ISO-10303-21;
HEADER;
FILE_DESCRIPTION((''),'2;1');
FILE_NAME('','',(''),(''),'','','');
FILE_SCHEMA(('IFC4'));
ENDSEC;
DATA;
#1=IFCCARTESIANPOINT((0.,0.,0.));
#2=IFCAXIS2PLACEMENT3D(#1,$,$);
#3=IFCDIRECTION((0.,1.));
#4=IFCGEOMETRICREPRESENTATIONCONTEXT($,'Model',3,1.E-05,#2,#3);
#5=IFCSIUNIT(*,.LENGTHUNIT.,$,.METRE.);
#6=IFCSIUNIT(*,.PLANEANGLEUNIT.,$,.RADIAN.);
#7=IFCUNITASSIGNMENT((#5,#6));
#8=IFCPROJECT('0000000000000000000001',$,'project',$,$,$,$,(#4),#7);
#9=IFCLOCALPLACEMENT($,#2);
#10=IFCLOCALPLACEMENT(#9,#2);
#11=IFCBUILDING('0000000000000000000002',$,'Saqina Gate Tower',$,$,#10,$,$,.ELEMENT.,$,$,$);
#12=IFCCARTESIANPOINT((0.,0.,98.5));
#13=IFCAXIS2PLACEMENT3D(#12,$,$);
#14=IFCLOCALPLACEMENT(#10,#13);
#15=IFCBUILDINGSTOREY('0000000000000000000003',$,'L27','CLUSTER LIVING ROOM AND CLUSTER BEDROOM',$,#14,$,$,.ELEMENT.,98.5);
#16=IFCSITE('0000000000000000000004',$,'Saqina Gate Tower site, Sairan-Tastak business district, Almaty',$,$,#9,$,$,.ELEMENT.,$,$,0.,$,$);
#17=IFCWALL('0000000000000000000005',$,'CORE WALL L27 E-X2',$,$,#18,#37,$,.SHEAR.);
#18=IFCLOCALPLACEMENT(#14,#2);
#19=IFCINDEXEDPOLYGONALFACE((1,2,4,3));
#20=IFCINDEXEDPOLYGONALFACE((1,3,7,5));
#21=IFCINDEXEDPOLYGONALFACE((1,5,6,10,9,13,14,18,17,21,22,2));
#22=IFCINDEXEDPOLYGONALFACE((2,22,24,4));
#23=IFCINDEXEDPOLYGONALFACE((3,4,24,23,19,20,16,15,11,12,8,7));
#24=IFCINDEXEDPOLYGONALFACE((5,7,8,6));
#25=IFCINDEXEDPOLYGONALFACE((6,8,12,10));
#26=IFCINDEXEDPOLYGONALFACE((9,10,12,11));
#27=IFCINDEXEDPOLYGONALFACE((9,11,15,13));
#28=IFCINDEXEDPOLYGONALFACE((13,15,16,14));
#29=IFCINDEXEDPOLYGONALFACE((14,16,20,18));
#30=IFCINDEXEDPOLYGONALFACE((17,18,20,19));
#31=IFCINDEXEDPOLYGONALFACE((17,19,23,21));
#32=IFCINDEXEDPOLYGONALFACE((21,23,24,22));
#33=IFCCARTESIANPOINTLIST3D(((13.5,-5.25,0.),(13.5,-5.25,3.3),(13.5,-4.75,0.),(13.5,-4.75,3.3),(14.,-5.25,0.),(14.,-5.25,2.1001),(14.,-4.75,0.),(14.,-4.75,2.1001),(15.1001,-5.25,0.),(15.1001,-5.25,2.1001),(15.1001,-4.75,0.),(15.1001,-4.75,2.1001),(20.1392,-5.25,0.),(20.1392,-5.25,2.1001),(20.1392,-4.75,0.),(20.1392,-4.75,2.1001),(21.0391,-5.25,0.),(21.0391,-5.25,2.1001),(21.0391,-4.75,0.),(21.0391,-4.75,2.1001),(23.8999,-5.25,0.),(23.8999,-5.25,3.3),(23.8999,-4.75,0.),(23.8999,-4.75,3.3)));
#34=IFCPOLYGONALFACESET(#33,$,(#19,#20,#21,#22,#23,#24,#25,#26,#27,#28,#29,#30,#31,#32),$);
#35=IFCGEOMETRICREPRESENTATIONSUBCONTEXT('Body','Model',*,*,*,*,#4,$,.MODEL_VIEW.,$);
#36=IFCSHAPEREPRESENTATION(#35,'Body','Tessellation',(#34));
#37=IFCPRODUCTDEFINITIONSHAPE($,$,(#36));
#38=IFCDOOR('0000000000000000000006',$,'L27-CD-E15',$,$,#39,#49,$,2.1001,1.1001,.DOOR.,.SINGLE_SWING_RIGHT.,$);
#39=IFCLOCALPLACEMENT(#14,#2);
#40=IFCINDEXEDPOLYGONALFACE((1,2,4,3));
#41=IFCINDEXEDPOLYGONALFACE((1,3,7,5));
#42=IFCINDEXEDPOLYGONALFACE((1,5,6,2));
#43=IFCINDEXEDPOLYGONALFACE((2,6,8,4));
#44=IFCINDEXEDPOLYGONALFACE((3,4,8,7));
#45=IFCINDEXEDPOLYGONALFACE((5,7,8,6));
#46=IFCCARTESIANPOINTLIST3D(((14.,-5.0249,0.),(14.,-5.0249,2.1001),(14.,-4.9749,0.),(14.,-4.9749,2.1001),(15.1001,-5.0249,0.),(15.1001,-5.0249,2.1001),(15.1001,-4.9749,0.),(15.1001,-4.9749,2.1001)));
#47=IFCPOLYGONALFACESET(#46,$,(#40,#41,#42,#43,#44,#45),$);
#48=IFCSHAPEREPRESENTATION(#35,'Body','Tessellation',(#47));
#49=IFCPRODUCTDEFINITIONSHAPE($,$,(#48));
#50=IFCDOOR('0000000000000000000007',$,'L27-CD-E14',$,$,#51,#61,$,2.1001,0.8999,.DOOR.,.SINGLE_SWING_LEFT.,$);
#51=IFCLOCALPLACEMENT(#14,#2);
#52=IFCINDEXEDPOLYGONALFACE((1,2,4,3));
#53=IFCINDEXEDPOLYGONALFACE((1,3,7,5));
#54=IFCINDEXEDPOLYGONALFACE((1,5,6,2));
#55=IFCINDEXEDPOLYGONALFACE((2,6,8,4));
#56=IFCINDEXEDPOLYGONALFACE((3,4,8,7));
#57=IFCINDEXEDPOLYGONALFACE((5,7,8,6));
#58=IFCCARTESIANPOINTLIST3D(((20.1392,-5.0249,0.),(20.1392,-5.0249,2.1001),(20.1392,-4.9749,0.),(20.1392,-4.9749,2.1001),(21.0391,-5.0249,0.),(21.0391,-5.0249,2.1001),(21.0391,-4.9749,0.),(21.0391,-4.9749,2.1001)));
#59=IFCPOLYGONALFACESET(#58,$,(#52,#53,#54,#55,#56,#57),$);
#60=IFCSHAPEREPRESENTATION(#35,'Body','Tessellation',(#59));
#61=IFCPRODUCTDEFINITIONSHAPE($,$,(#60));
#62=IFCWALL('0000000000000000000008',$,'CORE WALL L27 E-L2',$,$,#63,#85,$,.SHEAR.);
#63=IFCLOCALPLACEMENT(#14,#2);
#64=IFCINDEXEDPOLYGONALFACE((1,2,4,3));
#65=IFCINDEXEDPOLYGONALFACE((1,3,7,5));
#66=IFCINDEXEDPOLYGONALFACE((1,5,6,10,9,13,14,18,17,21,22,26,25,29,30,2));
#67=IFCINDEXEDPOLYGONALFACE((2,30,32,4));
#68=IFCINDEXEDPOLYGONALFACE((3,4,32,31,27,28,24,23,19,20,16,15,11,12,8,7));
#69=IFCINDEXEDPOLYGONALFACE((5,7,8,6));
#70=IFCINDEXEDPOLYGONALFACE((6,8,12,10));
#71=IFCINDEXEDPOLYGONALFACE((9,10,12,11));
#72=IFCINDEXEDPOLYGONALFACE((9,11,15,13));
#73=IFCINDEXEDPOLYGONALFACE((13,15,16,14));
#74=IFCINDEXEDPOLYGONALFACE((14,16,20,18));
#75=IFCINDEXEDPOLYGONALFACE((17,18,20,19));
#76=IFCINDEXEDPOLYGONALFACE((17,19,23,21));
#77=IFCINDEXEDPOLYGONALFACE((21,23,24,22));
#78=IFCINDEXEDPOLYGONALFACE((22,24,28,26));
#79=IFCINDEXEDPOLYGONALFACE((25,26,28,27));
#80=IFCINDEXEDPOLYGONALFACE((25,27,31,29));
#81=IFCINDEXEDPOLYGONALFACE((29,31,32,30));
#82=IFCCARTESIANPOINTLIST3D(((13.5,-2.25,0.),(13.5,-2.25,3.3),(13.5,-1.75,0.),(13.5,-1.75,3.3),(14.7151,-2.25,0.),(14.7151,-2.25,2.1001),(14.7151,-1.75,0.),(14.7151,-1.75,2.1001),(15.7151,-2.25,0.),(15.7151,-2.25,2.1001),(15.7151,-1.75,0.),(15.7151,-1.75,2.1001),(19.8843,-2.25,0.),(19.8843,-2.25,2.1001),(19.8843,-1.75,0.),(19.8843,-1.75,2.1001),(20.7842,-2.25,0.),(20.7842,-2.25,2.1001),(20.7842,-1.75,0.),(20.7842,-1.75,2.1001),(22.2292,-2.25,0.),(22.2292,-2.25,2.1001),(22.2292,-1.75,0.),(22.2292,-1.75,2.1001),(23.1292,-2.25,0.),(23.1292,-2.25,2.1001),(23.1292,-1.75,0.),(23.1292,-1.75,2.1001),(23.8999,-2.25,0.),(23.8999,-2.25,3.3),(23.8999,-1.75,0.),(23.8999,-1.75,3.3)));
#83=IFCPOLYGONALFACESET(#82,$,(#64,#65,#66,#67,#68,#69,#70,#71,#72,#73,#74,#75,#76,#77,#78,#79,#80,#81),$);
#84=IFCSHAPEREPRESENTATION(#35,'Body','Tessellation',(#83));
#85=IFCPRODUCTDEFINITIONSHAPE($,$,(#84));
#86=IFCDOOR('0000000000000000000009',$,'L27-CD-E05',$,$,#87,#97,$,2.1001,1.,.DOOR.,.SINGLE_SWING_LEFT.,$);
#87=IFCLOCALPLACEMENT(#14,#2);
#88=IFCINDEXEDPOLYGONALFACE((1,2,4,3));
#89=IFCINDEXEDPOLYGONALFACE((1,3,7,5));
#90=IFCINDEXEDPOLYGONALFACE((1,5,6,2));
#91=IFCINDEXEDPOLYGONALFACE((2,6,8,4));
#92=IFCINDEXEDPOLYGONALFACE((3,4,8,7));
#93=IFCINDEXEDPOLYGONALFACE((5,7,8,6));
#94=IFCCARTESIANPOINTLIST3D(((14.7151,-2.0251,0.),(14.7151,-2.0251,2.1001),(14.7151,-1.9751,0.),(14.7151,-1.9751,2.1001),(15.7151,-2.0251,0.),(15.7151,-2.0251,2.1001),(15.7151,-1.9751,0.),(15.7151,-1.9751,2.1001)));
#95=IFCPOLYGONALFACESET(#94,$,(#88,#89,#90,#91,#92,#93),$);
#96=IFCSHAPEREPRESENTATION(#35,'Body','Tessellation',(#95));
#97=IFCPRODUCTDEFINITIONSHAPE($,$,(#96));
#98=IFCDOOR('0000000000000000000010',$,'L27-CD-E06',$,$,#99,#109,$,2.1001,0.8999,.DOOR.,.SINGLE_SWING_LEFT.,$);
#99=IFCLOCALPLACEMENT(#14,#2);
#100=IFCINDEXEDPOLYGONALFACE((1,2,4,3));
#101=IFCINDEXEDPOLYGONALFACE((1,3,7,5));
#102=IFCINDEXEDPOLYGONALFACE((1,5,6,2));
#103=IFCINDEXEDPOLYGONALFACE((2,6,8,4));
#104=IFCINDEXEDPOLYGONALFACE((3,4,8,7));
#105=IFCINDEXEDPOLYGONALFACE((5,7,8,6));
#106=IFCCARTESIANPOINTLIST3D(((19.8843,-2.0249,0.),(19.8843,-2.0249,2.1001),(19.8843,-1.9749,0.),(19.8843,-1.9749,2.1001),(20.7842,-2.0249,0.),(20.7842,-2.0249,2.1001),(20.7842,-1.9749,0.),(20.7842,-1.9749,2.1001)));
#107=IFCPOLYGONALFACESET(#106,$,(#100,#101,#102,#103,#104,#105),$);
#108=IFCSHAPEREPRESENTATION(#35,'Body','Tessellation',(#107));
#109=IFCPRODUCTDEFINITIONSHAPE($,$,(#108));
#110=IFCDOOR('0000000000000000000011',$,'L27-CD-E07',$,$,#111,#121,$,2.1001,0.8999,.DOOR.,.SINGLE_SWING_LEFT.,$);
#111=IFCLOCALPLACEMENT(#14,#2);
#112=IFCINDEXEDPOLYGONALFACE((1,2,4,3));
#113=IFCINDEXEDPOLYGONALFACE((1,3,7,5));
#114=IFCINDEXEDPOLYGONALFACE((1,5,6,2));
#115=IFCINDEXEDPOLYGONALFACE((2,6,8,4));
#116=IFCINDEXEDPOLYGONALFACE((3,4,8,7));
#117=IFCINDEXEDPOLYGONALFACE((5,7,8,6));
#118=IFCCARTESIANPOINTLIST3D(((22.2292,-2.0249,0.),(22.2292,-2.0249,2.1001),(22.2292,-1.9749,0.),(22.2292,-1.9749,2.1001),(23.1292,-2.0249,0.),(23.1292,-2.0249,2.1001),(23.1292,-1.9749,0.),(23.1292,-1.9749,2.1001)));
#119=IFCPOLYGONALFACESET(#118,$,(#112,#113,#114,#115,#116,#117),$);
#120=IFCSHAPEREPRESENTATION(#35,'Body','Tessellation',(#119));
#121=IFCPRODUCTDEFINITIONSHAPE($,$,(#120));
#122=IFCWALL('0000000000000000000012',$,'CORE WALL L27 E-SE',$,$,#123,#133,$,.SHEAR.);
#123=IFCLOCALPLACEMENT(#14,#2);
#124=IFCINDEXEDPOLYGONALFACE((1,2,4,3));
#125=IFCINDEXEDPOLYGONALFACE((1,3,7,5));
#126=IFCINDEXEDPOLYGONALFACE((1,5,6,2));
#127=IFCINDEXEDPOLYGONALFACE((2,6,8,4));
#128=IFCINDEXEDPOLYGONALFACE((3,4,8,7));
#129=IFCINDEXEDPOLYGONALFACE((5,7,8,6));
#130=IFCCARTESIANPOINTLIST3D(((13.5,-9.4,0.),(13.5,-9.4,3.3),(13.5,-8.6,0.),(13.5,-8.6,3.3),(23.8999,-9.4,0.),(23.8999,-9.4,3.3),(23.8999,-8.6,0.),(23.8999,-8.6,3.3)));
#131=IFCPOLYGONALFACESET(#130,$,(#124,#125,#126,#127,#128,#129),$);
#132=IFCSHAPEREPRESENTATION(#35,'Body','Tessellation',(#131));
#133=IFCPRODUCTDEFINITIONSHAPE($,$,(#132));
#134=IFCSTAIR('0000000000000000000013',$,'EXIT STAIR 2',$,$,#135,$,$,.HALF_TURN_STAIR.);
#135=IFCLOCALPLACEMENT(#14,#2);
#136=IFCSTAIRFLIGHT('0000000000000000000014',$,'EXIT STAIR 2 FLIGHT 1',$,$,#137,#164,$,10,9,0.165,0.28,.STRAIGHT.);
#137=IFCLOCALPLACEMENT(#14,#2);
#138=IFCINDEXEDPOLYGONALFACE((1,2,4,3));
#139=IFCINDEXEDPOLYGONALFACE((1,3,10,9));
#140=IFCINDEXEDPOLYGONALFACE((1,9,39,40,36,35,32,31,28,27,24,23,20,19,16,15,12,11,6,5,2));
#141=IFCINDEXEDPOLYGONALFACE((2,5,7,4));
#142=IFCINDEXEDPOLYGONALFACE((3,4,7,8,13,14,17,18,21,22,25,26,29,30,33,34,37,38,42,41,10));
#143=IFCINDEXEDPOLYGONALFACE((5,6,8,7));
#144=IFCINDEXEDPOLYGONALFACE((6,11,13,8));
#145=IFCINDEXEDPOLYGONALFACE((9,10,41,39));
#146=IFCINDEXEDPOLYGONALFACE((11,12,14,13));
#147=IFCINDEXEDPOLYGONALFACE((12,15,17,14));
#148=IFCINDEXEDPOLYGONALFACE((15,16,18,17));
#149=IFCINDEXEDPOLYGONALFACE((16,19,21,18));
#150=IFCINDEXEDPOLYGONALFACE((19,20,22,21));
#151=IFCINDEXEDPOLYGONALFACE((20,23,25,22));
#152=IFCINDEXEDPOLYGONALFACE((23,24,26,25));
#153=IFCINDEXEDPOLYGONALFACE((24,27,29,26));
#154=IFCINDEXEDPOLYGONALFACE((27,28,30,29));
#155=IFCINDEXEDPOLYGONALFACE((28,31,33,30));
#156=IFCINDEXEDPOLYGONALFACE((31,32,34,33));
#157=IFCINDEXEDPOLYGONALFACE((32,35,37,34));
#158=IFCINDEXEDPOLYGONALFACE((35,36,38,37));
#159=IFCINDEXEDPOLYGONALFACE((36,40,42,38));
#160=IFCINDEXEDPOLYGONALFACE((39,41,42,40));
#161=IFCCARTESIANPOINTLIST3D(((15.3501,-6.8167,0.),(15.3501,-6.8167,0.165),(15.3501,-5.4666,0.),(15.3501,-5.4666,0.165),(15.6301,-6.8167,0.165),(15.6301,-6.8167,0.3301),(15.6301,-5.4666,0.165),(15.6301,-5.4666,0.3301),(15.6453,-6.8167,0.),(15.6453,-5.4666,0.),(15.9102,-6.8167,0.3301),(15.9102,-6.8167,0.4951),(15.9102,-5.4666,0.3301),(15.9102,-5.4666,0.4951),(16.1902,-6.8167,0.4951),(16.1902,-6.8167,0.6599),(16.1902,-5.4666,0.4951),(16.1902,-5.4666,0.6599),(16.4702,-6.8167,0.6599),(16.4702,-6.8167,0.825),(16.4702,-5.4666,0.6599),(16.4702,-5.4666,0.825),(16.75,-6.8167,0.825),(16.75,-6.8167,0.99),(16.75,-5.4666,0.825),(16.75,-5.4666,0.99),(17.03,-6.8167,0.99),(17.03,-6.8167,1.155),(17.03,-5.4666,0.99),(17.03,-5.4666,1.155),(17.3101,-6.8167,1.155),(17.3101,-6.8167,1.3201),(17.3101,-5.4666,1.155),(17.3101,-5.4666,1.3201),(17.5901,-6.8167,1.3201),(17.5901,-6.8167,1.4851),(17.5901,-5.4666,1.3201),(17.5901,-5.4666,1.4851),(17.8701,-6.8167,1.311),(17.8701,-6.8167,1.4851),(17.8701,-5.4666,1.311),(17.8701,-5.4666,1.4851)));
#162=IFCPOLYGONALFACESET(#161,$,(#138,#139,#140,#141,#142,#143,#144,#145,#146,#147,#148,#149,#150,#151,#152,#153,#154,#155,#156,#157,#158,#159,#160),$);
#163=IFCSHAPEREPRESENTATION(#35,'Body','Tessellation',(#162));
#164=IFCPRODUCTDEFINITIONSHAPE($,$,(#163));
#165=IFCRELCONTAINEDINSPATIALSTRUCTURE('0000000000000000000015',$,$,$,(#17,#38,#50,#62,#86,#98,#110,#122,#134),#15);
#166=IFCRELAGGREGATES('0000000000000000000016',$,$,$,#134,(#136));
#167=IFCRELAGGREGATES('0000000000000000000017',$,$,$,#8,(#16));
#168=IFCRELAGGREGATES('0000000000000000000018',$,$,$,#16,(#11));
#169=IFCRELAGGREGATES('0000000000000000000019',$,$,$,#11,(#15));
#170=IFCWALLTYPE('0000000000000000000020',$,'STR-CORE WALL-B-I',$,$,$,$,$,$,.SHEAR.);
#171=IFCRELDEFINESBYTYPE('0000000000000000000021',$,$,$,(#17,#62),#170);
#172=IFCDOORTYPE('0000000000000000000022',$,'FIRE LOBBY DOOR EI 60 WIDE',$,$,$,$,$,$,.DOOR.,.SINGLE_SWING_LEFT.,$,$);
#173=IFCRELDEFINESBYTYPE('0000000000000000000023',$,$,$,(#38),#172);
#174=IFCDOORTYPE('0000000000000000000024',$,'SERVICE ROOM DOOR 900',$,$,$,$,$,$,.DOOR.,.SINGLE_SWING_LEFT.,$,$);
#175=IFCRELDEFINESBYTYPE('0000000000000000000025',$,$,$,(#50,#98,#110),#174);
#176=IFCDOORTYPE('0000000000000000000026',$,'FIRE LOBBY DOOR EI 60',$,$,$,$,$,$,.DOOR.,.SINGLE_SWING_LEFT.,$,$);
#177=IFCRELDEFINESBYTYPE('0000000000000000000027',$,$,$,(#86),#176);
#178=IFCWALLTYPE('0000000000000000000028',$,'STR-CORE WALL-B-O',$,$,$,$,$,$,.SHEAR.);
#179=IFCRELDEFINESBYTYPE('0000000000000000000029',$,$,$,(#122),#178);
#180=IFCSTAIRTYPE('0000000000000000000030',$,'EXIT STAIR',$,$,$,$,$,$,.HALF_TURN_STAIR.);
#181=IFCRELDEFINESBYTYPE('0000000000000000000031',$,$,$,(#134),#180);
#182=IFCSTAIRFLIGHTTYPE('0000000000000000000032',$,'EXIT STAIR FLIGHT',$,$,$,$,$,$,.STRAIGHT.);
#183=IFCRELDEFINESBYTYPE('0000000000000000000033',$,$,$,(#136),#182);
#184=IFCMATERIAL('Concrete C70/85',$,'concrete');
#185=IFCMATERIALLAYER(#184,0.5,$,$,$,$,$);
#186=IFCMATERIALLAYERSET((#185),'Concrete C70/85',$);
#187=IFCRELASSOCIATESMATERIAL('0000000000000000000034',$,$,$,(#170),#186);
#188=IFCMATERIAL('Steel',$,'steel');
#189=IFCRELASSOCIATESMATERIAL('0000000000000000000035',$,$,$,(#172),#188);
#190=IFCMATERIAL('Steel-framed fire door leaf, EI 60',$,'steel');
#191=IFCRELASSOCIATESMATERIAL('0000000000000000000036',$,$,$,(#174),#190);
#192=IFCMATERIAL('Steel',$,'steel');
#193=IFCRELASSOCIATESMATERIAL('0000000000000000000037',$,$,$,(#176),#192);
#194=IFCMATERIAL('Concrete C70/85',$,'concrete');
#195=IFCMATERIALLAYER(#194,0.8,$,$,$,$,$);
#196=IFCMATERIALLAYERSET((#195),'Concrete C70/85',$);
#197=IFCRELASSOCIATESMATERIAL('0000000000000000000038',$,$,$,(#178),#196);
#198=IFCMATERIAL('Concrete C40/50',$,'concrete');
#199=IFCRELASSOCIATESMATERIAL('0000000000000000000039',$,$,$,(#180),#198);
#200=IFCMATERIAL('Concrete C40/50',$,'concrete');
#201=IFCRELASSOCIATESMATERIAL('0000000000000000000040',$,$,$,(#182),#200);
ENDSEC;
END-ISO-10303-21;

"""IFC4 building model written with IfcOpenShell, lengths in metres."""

from ifc_helpers import new_model, si_unit, direction, frame, frame_2d, origin, place, context, subcontext, project, spatial, polyline, rectangle, outline, extrude, material, layer, layer_set, type_object, element, fill, aggregate, save


model = new_model("IFC4")

# Units and contexts
model_context = context("Model", 3, precision=1e-05, world=origin(), true_north=direction((0.0, 1.0)))
body_context = subcontext(model_context, "Body", "Model", "MODEL_VIEW")
ifc_project = project(units=[si_unit("LENGTHUNIT", "METRE"), si_unit("PLANEANGLEUNIT", "RADIAN")], contexts=[model_context])

# Site, building, storey
site_placement = place(None, origin())
site = spatial("IfcSite", under=ifc_project, at=site_placement, Name="Saqina Gate Tower site, Sairan-Tastak business district, Almaty", CompositionType="ELEMENT", RefElevation=0.0)
building_placement = place(site_placement, origin())
building = spatial("IfcBuilding", under=site, at=building_placement, Name="Saqina Gate Tower", CompositionType="ELEMENT")
storey_placement = place(building_placement, frame((0.0, 0.0, 98.5)))
storey = spatial("IfcBuildingStorey", under=building, at=storey_placement, Name="L27", Description="CLUSTER LIVING ROOM AND CLUSTER BEDROOM", CompositionType="ELEMENT", Elevation=98.5)

# Walls, openings, doors
ifc_material_1 = material(Name="Concrete C70/85", Category="concrete")
ifc_layer_1 = layer(ifc_material_1, 0.5)
ifc_layer_set_1 = layer_set([ifc_layer_1], Name="Concrete C70/85")
wall_type_1 = type_object("IfcWallType", Name="STR-CORE WALL-B-I", PredefinedType="SHEAR", material=ifc_layer_set_1)
wall_1_placement = place(storey_placement, frame((13.5, -5.0, 0.0), z_axis=(0.0, 0.0, 1.0), x_axis=(1.0, 0.0, 0.0)))
wall_1 = element("IfcWall", 1, at=wall_1_placement, inside=storey, type_object=wall_type_1, Name="CORE WALL L27 E-X2", PredefinedType="SHEAR", context=body_context, shape_type="SweptSolid", body=[
    extrude(rectangle(XDim=10.3999, YDim=0.5, at=frame_2d((5.2, 0.0))), origin(), (0.0, 0.0, 1.0), 3.3),
])
opening_1_placement = place(wall_1_placement, frame((6.6392, 0.0, 0.0)))
opening_1 = element("IfcOpeningElement", 2, at=opening_1_placement, cuts=wall_1, PredefinedType="OPENING", context=body_context, shape_type="SweptSolid", body=[
    extrude(rectangle(XDim=0.8999, YDim=2.1001, at=frame_2d((0.45, 1.05))), frame((0.0, 0.262, 0.0), z_axis=(0.0, -1.0, 0.0), x_axis=(1.0, 0.0, 0.0)), (0.0, 0.0, 1.0), 0.5239),
])
opening_2_placement = place(wall_1_placement, frame((0.5, 0.0, 0.0)))
opening_2 = element("IfcOpeningElement", 3, at=opening_2_placement, cuts=wall_1, PredefinedType="OPENING", context=body_context, shape_type="SweptSolid", body=[
    extrude(rectangle(XDim=1.1001, YDim=2.1001, at=frame_2d((0.55, 1.05))), frame((0.0, 0.262, 0.0), z_axis=(0.0, -1.0, 0.0), x_axis=(1.0, 0.0, 0.0)), (0.0, 0.0, 1.0), 0.5239),
])
ifc_material_2 = material(Name="Steel", Category="steel")
door_type_1 = type_object("IfcDoorType", Name="FIRE LOBBY DOOR EI 60 WIDE", OperationType="SINGLE_SWING_LEFT", PredefinedType="DOOR", material=ifc_material_2)
door_1_placement = place(opening_2_placement, frame((1.1001, 0.0, 0.0), z_axis=(0.0, 0.0, 1.0), x_axis=(-1.0, 0.0, 0.0)))
door_1 = element("IfcDoor", 4, at=door_1_placement, inside=storey, type_object=door_type_1, Name="L27-CD-E15", OperationType="SINGLE_SWING_RIGHT", OverallHeight=2.1001, OverallWidth=1.1001, PredefinedType="DOOR", context=body_context, shape_type="SweptSolid", body=[
    extrude(rectangle(XDim=1.1001, YDim=2.1001, at=frame_2d((0.55, 1.05))), frame((0.0, 0.0249, 0.0), z_axis=(0.0, -1.0, 0.0), x_axis=(1.0, 0.0, 0.0)), (0.0, 0.0, 1.0), 0.05),
])
fill(opening_2, door_1)
ifc_material_3 = material(Name="Steel-framed fire door leaf, EI 60", Category="steel")
door_type_2 = type_object("IfcDoorType", Name="SERVICE ROOM DOOR 900", OperationType="SINGLE_SWING_LEFT", PredefinedType="DOOR", material=ifc_material_3)
door_2_placement = place(opening_1_placement, frame((0.8999, 0.0, 0.0), z_axis=(0.0, 0.0, 1.0), x_axis=(-1.0, 0.0, 0.0)))
door_2 = element("IfcDoor", 5, at=door_2_placement, inside=storey, type_object=door_type_2, Name="L27-CD-E14", OperationType="SINGLE_SWING_LEFT", OverallHeight=2.1001, OverallWidth=0.8999, PredefinedType="DOOR", context=body_context, shape_type="SweptSolid", body=[
    extrude(rectangle(XDim=0.8999, YDim=2.1001, at=frame_2d((0.45, 1.05))), frame((0.0, 0.0249, 0.0), z_axis=(0.0, -1.0, 0.0), x_axis=(1.0, 0.0, 0.0)), (0.0, 0.0, 1.0), 0.05),
])
fill(opening_1, door_2)
wall_2_placement = place(storey_placement, frame((13.5, -2.0, 0.0), z_axis=(0.0, 0.0, 1.0), x_axis=(1.0, 0.0, 0.0)))
wall_2 = element("IfcWall", 6, at=wall_2_placement, inside=storey, type_object=wall_type_1, Name="CORE WALL L27 E-L2", PredefinedType="SHEAR", context=body_context, shape_type="SweptSolid", body=[
    extrude(rectangle(XDim=10.3999, YDim=0.5, at=frame_2d((5.2, 0.0))), origin(), (0.0, 0.0, 1.0), 3.3),
])
opening_3_placement = place(wall_2_placement, frame((1.2151, 0.0, 0.0)))
opening_3 = element("IfcOpeningElement", 7, at=opening_3_placement, cuts=wall_2, PredefinedType="OPENING", context=body_context, shape_type="SweptSolid", body=[
    extrude(rectangle(XDim=1.0, YDim=2.1001, at=frame_2d((0.5, 1.05))), frame((0.0, 0.262, 0.0), z_axis=(0.0, -1.0, 0.0), x_axis=(1.0, 0.0, 0.0)), (0.0, 0.0, 1.0), 0.5239),
])
opening_4_placement = place(wall_2_placement, frame((6.3843, 0.0, 0.0)))
opening_4 = element("IfcOpeningElement", 8, at=opening_4_placement, cuts=wall_2, PredefinedType="OPENING", context=body_context, shape_type="SweptSolid", body=[
    extrude(rectangle(XDim=0.8999, YDim=2.1001, at=frame_2d((0.45, 1.05))), frame((0.0, 0.262, 0.0), z_axis=(0.0, -1.0, 0.0), x_axis=(1.0, 0.0, 0.0)), (0.0, 0.0, 1.0), 0.5239),
])
opening_5_placement = place(wall_2_placement, frame((8.7292, 0.0, 0.0)))
opening_5 = element("IfcOpeningElement", 9, at=opening_5_placement, cuts=wall_2, PredefinedType="OPENING", context=body_context, shape_type="SweptSolid", body=[
    extrude(rectangle(XDim=0.8999, YDim=2.1001, at=frame_2d((0.45, 1.05))), frame((0.0, 0.262, 0.0), z_axis=(0.0, -1.0, 0.0), x_axis=(1.0, 0.0, 0.0)), (0.0, 0.0, 1.0), 0.5239),
])
ifc_material_4 = material(Name="Steel", Category="steel")
door_type_3 = type_object("IfcDoorType", Name="FIRE LOBBY DOOR EI 60", OperationType="SINGLE_SWING_LEFT", PredefinedType="DOOR", material=ifc_material_4)
door_3_placement = place(opening_3_placement, origin())
door_3 = element("IfcDoor", 10, at=door_3_placement, inside=storey, type_object=door_type_3, Name="L27-CD-E05", OperationType="SINGLE_SWING_LEFT", OverallHeight=2.1001, OverallWidth=1.0, PredefinedType="DOOR", context=body_context, shape_type="SweptSolid", body=[
    extrude(rectangle(XDim=1.0, YDim=2.1001, at=frame_2d((0.5, 1.05))), frame((0.0, 0.0249, 0.0), z_axis=(0.0, -1.0, 0.0), x_axis=(1.0, 0.0, 0.0)), (0.0, 0.0, 1.0), 0.05),
])
fill(opening_3, door_3)
door_4_placement = place(opening_4_placement, frame((0.8999, 0.0, 0.0), z_axis=(0.0, 0.0, 1.0), x_axis=(-1.0, 0.0, 0.0)))
door_4 = element("IfcDoor", 11, at=door_4_placement, inside=storey, type_object=door_type_2, Name="L27-CD-E06", OperationType="SINGLE_SWING_LEFT", OverallHeight=2.1001, OverallWidth=0.8999, PredefinedType="DOOR", context=body_context, shape_type="SweptSolid", body=[
    extrude(rectangle(XDim=0.8999, YDim=2.1001, at=frame_2d((0.45, 1.05))), frame((0.0, 0.0249, 0.0), z_axis=(0.0, -1.0, 0.0), x_axis=(1.0, 0.0, 0.0)), (0.0, 0.0, 1.0), 0.05),
])
fill(opening_4, door_4)
door_5_placement = place(opening_5_placement, frame((0.8999, 0.0, 0.0), z_axis=(0.0, 0.0, 1.0), x_axis=(-1.0, 0.0, 0.0)))
door_5 = element("IfcDoor", 12, at=door_5_placement, inside=storey, type_object=door_type_2, Name="L27-CD-E07", OperationType="SINGLE_SWING_LEFT", OverallHeight=2.1001, OverallWidth=0.8999, PredefinedType="DOOR", context=body_context, shape_type="SweptSolid", body=[
    extrude(rectangle(XDim=0.8999, YDim=2.1001, at=frame_2d((0.45, 1.05))), frame((0.0, 0.0249, 0.0), z_axis=(0.0, -1.0, 0.0), x_axis=(1.0, 0.0, 0.0)), (0.0, 0.0, 1.0), 0.05),
])
fill(opening_5, door_5)
ifc_material_5 = material(Name="Concrete C70/85", Category="concrete")
ifc_layer_2 = layer(ifc_material_5, 0.8)
ifc_layer_set_2 = layer_set([ifc_layer_2], Name="Concrete C70/85")
wall_type_2 = type_object("IfcWallType", Name="STR-CORE WALL-B-O", PredefinedType="SHEAR", material=ifc_layer_set_2)

# Wall
wall_3_placement = place(storey_placement, frame((13.5, -9.0, 0.0), z_axis=(0.0, 0.0, 1.0), x_axis=(1.0, 0.0, 0.0)))
element("IfcWall", 13, at=wall_3_placement, inside=storey, type_object=wall_type_2, Name="CORE WALL L27 E-SE", PredefinedType="SHEAR", context=body_context, shape_type="SweptSolid", body=[
    extrude(rectangle(XDim=10.3999, YDim=0.8, at=frame_2d((5.2, 0.0))), origin(), (0.0, 0.0, 1.0), 3.3),
])

# Stair, stair flight
ifc_material_6 = material(Name="Concrete C40/50", Category="concrete")
stair_type = type_object("IfcStairType", Name="EXIT STAIR", PredefinedType="HALF_TURN_STAIR", material=ifc_material_6)
stair_placement = place(storey_placement, origin())
stair = element("IfcStair", 14, at=stair_placement, inside=storey, type_object=stair_type, Name="EXIT STAIR 2", PredefinedType="HALF_TURN_STAIR")
ifc_material_7 = material(Name="Concrete C40/50", Category="concrete")
stair_flight_type = type_object("IfcStairFlightType", Name="EXIT STAIR FLIGHT", PredefinedType="STRAIGHT", material=ifc_material_7)
stair_flight_1_placement = place(storey_placement, frame((15.3501, -6.1416, 0.0), z_axis=(0.0, 0.0, 1.0), x_axis=(1.0, 0.0, 0.0)))
stair_flight_1 = element("IfcStairFlight", 15, at=stair_flight_1_placement, type_object=stair_flight_type, Name="EXIT STAIR 2 FLIGHT 1", NumberOfRisers=10, NumberOfTreads=9, PredefinedType="STRAIGHT", RiserHeight=0.165, TreadLength=0.28, context=body_context, shape_type="SweptSolid", body=[
    extrude(outline(polyline([(0.0, 0.0), (0.0, 0.165), (0.28, 0.165), (0.28, 0.3301), (0.5601, 0.3301), (0.5601, 0.4951), (0.8401, 0.4951), (0.8401, 0.6599), (1.1201, 0.6599), (1.1201, 0.825), (1.3999, 0.825), (1.3999, 0.99), (1.6799, 0.99), (1.6799, 1.155), (1.96, 1.155), (1.96, 1.3201), (2.24, 1.3201), (2.24, 1.4851), (2.52, 1.4851), (2.52, 1.6499), (2.52, 1.311), (0.2952, 0.0), (0.0, 0.0)])), frame((0.0, 0.675, 0.0), z_axis=(0.0, -1.0, 0.0), x_axis=(1.0, 0.0, 0.0)), (0.0, 0.0, 1.0), 1.3501),
])
aggregate(stair, [stair_flight_1])

save(model, "model.ifc")
